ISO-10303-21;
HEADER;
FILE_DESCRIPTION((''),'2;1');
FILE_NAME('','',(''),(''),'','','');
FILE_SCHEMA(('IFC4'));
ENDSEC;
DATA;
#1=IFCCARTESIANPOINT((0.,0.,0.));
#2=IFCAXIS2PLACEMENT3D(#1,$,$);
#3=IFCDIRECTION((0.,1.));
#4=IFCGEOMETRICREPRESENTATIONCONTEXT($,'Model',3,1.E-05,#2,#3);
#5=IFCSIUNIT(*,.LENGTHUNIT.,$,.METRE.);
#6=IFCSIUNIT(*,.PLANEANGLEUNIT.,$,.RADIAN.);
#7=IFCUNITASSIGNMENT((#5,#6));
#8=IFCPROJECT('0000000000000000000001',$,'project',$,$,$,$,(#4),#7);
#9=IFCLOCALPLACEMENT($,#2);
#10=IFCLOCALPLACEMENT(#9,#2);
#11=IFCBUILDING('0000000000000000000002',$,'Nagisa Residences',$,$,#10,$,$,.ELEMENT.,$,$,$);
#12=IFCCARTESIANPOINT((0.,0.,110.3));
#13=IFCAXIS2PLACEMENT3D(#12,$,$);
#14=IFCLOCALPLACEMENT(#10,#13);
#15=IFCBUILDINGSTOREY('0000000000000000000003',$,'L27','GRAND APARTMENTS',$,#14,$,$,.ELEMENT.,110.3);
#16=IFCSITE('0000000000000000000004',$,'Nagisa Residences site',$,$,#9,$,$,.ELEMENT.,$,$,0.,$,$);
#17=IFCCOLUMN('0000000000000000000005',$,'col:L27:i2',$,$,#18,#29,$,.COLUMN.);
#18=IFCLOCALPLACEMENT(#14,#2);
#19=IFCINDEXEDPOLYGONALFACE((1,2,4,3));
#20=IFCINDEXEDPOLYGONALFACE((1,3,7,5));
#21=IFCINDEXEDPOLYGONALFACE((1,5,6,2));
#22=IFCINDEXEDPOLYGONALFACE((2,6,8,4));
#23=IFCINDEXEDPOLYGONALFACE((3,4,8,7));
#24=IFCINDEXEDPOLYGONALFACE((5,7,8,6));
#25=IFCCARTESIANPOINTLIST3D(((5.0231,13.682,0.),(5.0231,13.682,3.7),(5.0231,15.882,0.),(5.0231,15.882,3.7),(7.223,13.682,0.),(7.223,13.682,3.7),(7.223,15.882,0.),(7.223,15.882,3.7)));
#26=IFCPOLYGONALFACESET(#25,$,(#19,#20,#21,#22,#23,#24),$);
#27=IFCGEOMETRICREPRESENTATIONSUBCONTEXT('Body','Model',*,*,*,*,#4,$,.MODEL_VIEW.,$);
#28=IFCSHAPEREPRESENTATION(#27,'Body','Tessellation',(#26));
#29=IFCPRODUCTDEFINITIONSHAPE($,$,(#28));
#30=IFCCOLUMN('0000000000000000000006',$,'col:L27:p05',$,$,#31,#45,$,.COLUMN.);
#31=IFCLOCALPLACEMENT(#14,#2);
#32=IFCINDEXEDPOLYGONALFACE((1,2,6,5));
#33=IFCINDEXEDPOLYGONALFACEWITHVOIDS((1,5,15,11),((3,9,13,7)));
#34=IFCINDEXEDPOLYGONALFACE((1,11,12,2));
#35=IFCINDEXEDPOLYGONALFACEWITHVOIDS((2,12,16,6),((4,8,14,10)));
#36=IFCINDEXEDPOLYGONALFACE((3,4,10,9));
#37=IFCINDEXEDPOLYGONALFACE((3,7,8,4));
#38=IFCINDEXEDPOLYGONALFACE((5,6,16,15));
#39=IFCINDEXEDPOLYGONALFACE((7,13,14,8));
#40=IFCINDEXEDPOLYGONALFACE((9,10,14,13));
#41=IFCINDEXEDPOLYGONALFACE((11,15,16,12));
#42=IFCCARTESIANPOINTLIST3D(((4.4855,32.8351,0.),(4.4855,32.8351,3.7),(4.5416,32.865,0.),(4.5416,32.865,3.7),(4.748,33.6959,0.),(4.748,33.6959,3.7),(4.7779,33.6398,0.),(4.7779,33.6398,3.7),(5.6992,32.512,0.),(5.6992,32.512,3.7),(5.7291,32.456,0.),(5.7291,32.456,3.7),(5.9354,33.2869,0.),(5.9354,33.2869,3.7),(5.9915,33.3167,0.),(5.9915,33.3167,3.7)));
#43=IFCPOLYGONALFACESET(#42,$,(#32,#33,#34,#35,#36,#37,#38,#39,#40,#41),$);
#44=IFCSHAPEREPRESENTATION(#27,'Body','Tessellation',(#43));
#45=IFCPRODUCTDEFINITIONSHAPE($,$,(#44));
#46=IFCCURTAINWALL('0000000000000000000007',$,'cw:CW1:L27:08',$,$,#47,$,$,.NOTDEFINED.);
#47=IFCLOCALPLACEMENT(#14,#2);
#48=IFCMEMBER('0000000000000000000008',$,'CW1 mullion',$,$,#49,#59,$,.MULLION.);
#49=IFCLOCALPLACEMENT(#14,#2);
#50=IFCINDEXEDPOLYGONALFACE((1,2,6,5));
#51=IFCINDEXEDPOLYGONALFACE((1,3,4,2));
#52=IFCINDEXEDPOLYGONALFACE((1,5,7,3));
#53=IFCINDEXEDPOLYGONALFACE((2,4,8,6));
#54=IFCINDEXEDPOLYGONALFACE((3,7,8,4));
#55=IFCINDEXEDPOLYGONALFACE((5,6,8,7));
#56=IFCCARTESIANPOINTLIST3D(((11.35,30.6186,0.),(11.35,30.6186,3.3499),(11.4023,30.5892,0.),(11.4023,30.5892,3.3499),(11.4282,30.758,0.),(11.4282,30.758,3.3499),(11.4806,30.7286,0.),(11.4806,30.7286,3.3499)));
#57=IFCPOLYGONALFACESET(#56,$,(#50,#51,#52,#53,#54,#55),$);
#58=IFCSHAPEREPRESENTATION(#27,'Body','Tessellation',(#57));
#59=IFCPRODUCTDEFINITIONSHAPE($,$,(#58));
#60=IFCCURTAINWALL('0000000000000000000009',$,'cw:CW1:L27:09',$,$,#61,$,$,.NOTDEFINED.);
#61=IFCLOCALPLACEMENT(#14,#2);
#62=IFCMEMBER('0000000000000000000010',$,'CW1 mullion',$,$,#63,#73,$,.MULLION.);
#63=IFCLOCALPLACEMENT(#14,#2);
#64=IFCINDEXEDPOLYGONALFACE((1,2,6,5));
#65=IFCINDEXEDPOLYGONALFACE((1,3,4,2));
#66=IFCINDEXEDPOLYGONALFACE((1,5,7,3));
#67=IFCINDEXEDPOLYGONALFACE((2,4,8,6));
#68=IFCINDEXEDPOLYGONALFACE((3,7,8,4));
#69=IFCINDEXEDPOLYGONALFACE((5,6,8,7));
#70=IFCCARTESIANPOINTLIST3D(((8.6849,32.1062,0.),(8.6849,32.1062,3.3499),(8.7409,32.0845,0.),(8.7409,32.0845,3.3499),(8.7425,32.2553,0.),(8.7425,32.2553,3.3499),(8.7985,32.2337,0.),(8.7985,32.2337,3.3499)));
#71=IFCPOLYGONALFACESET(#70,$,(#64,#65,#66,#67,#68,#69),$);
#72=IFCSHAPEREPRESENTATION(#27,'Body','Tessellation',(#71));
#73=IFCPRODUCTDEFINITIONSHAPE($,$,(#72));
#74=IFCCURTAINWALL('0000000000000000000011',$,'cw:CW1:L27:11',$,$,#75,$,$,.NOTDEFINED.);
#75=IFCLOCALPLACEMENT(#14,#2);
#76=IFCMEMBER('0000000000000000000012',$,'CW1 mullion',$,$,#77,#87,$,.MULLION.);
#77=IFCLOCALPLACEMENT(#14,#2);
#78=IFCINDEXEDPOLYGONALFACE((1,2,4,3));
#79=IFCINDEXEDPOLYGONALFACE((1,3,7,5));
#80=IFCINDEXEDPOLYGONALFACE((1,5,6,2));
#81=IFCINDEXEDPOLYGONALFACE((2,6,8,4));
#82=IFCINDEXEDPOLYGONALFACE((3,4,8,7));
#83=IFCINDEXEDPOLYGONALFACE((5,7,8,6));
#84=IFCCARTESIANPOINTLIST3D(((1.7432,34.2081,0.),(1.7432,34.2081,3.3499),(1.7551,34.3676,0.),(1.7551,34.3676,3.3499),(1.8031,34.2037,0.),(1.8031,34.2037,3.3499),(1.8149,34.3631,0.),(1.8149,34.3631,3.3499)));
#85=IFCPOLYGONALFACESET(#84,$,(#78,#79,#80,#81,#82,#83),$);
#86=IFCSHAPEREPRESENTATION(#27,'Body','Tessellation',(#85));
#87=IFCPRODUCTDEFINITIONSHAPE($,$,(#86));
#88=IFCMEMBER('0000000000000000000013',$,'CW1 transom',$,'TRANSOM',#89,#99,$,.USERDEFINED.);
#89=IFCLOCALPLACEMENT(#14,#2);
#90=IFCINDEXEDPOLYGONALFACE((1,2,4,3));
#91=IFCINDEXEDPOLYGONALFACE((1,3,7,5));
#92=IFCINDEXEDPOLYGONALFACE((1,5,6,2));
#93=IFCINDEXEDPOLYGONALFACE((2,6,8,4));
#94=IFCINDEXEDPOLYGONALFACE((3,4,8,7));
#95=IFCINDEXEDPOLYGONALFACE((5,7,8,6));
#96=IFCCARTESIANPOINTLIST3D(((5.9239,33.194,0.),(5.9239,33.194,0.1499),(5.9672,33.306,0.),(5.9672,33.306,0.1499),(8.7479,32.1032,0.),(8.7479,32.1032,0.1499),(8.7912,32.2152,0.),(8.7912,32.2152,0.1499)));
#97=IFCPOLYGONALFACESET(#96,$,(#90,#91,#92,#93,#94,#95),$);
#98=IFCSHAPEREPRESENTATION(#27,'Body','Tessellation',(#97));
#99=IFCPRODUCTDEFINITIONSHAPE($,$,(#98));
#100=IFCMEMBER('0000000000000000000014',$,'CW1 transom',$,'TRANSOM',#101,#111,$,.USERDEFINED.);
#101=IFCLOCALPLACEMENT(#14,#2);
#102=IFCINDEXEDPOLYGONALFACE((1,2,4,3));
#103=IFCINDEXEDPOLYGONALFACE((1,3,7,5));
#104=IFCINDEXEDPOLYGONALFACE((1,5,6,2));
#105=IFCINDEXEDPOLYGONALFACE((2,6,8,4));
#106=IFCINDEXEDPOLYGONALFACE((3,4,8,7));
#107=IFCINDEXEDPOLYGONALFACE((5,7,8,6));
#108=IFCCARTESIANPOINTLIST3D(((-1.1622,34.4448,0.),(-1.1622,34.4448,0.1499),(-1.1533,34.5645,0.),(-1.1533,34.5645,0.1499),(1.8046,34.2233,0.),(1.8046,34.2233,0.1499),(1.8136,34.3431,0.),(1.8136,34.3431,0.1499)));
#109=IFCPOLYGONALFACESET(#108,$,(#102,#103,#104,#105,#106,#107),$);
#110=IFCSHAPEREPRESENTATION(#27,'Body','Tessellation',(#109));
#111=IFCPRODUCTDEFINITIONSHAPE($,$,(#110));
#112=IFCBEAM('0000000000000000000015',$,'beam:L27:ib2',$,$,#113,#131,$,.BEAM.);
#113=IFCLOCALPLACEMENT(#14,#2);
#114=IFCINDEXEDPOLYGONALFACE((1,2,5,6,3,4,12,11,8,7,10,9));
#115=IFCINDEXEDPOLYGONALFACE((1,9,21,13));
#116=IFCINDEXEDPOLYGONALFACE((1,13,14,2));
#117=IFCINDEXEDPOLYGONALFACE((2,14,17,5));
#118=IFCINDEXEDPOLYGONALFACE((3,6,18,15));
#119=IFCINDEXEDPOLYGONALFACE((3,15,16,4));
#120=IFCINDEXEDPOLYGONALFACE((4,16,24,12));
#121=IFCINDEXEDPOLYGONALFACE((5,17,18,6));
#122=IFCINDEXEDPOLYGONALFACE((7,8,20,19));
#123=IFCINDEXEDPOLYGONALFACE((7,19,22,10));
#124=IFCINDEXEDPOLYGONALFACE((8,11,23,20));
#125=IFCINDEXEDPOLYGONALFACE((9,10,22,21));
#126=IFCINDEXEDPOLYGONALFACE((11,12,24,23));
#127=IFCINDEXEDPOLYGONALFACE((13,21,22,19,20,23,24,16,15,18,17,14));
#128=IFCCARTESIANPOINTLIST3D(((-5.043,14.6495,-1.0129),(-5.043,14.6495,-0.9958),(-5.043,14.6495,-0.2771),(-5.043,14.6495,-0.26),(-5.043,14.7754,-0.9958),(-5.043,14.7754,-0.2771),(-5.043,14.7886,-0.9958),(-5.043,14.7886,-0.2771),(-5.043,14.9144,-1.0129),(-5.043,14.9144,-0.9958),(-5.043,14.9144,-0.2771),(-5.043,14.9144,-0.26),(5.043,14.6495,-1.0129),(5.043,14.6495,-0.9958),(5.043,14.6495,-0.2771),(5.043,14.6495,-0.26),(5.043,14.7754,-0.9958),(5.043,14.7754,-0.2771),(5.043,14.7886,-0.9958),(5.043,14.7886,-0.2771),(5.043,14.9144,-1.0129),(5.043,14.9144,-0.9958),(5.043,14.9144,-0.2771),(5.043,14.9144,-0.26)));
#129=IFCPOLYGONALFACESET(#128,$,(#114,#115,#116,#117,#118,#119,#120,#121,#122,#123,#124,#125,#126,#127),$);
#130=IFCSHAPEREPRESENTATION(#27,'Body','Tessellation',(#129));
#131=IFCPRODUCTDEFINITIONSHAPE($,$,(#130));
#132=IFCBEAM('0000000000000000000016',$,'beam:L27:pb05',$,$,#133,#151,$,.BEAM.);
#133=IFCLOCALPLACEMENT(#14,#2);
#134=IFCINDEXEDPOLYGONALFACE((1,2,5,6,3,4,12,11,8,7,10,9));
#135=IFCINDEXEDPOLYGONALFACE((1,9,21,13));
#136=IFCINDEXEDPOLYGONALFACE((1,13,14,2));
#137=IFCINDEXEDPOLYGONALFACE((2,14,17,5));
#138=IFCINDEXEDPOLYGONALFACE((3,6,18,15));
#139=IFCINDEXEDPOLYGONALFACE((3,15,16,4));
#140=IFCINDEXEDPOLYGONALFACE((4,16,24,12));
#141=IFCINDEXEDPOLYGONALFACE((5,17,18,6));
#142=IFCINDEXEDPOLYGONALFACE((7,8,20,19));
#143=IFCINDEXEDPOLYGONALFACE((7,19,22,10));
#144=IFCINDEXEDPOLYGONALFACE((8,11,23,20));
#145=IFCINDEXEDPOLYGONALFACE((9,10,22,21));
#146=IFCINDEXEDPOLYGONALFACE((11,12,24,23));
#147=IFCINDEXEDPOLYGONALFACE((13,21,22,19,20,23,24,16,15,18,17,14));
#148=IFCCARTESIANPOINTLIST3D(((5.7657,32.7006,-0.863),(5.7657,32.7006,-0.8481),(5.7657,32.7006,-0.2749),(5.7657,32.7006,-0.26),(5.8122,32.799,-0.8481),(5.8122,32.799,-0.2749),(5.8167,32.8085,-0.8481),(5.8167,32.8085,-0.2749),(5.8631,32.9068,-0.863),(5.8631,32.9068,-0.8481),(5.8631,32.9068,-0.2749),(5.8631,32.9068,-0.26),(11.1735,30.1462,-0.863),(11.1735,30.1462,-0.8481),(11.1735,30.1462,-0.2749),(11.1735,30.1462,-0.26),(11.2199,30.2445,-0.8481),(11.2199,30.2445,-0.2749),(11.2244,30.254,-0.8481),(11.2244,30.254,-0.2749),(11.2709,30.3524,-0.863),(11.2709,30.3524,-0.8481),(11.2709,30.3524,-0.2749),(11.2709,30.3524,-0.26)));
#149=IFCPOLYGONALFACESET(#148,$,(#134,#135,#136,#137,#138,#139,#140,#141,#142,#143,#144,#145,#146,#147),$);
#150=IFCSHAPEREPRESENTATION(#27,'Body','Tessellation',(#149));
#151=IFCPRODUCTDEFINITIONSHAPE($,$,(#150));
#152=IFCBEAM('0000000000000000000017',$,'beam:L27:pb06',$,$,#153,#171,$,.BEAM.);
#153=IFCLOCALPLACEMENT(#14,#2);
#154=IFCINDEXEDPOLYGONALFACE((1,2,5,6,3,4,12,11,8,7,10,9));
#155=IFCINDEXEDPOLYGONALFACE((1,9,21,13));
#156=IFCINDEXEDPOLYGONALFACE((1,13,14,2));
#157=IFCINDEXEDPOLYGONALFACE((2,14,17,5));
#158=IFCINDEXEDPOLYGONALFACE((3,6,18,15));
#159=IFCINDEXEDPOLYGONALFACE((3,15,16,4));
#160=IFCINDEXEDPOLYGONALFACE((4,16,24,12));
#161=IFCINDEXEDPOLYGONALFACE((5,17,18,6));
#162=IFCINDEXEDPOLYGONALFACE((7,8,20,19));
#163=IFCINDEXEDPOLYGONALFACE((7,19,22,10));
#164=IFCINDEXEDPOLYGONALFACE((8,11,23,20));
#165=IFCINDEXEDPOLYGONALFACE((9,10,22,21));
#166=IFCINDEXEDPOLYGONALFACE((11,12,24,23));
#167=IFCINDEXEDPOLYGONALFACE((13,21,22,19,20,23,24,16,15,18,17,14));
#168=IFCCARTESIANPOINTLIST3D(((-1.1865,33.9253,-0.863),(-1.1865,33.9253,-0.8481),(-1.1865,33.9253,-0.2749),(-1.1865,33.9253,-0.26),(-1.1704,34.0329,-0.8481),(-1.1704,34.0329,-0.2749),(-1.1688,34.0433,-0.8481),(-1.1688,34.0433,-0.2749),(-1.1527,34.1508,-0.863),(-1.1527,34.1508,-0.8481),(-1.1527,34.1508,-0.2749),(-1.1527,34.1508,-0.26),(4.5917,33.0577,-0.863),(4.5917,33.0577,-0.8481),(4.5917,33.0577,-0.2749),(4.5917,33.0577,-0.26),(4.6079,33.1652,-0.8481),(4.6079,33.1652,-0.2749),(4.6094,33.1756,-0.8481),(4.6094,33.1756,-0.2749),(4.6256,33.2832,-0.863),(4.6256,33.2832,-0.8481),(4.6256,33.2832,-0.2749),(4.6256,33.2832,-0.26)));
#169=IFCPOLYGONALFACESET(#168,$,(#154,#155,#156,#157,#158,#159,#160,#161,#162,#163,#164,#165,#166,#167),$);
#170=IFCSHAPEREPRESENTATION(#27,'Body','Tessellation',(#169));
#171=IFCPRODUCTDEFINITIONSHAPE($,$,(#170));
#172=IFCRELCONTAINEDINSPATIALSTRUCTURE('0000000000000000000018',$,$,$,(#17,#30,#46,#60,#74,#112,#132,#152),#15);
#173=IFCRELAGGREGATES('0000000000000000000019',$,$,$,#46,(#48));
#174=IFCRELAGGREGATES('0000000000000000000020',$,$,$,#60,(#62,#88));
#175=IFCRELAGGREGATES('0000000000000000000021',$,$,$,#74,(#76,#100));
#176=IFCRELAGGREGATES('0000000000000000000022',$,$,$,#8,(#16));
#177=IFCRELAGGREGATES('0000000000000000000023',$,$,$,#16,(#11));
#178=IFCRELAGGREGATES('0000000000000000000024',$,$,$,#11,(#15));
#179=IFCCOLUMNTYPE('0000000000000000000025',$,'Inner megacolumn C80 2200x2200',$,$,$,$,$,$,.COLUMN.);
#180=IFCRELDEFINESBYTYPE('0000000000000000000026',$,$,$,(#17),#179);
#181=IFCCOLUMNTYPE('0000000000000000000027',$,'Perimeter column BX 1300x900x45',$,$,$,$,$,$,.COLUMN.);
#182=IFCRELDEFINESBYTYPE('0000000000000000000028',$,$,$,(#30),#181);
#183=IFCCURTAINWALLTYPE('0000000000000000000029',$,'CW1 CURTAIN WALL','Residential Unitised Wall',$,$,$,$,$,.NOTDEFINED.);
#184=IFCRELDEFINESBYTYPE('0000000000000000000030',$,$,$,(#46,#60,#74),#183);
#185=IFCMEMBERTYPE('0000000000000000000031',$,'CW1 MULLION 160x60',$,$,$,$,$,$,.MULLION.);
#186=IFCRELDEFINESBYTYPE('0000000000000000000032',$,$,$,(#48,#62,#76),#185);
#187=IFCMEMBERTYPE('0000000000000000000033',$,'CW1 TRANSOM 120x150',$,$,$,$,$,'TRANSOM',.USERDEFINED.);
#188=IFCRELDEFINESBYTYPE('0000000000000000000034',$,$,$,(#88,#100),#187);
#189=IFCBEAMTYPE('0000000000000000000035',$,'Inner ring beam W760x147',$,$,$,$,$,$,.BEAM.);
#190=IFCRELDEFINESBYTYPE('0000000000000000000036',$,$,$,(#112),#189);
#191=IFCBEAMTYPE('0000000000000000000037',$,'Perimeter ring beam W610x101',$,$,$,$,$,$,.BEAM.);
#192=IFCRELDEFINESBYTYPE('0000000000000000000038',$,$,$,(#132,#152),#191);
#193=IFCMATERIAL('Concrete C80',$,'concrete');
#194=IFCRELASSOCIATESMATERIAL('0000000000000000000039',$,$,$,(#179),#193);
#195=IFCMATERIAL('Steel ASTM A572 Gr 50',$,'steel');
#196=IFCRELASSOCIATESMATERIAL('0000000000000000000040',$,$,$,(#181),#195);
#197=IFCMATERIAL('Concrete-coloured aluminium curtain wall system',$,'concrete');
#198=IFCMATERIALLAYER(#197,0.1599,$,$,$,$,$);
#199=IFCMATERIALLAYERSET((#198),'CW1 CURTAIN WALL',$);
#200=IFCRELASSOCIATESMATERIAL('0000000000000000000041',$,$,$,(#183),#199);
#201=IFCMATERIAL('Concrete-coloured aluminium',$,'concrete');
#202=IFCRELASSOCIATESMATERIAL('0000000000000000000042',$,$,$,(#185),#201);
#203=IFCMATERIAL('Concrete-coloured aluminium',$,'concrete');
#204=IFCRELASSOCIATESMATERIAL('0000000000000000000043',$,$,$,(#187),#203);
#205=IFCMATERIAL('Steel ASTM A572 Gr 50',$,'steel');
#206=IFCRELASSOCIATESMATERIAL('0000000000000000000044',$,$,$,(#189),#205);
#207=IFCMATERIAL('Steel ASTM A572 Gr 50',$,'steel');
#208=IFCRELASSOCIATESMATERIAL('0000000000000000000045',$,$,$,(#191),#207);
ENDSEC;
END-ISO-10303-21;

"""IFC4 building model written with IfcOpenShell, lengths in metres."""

from ifc_helpers import new_model, si_unit, direction, frame, origin, origin_2d, place, context, subcontext, project, spatial, rectangle, hollow_rectangle, i_section, extrude, material, layer, layer_set, material_profile, profile_set, type_object, element, aggregate, save


model = new_model("IFC4")

# Units and contexts
model_context = context("Model", 3, precision=1e-05, world=origin(), true_north=direction((0.0, 1.0)))
body_context = subcontext(model_context, "Body", "Model", "MODEL_VIEW")
ifc_project = project(units=[si_unit("LENGTHUNIT", "METRE"), si_unit("PLANEANGLEUNIT", "RADIAN")], contexts=[model_context])

# Site, building, storey
site_placement = place(None, origin())
site = spatial("IfcSite", under=ifc_project, at=site_placement, Name="Nagisa Residences site", CompositionType="ELEMENT", RefElevation=0.0)
building_placement = place(site_placement, origin())
building = spatial("IfcBuilding", under=site, at=building_placement, Name="Nagisa Residences", CompositionType="ELEMENT")
storey_placement = place(building_placement, frame((0.0, 0.0, 110.3)))
storey = spatial("IfcBuildingStorey", under=building, at=storey_placement, Name="L27", Description="GRAND APARTMENTS", CompositionType="ELEMENT", Elevation=110.3)

# Columns
ifc_material_1 = material(Name="Concrete C80", Category="concrete")
ifc_material_profile_1 = material_profile(ifc_material_1, rectangle(XDim=2.2, YDim=2.2, at=origin_2d()), Name="C80 2200x2200")
ifc_profile_set_1 = profile_set([ifc_material_profile_1], Name="Concrete C80")
column_type_1 = type_object("IfcColumnType", Name="Inner megacolumn C80 2200x2200", PredefinedType="COLUMN", material=ifc_profile_set_1)
column_1_placement = place(storey_placement, frame((6.123, 14.782, 0.0), z_axis=(0.0, 0.0, 1.0), x_axis=(1.0, 0.0, 0.0)))
element("IfcColumn", 1, at=column_1_placement, inside=storey, type_object=column_type_1, Name="col:L27:i2", PredefinedType="COLUMN", context=body_context, shape_type="SweptSolid", body=[
    extrude(rectangle(XDim=2.2, YDim=2.2, at=origin_2d()), origin(), (0.0, 0.0, 1.0), 3.7),
])
ifc_material_2 = material(Name="Steel ASTM A572 Gr 50", Category="steel")
ifc_material_profile_2 = material_profile(ifc_material_2, hollow_rectangle(XDim=1.3, YDim=0.8999, WallThickness=0.0449, at=origin_2d()), Name="BX 1300x900x45")
ifc_profile_set_2 = profile_set([ifc_material_profile_2], Name="Steel ASTM A572 Gr 50")
column_type_2 = type_object("IfcColumnType", Name="Perimeter column BX 1300x900x45", PredefinedType="COLUMN", material=ifc_profile_set_2)
column_2_placement = place(storey_placement, frame((5.2385, 33.0759, 0.0), z_axis=(0.0, 0.0, 1.0), x_axis=(-0.956525, 0.291652, 0.0)))
element("IfcColumn", 2, at=column_2_placement, inside=storey, type_object=column_type_2, Name="col:L27:p05", PredefinedType="COLUMN", context=body_context, shape_type="SweptSolid", body=[
    extrude(hollow_rectangle(XDim=1.3, YDim=0.8999, WallThickness=0.0449, at=origin_2d()), origin(), (0.0, 0.0, 1.0), 3.7),
])

# Curtain walls, members
ifc_material_3 = material(Name="Concrete-coloured aluminium curtain wall system", Category="concrete")
ifc_layer_1 = layer(ifc_material_3, 0.1599)
ifc_layer_set_1 = layer_set([ifc_layer_1], Name="CW1 CURTAIN WALL")
curtain_wall_type = type_object("IfcCurtainWallType", Name="CW1 CURTAIN WALL", Description="Residential Unitised Wall", PredefinedType="NOTDEFINED", material=ifc_layer_set_1)
curtain_wall_1_placement = place(storey_placement, origin())
curtain_wall_1 = element("IfcCurtainWall", 3, at=curtain_wall_1_placement, inside=storey, type_object=curtain_wall_type, Name="cw:CW1:L27:08", PredefinedType="NOTDEFINED")
ifc_material_4 = material(Name="Concrete-coloured aluminium", Category="concrete")
ifc_material_profile_3 = material_profile(ifc_material_4, rectangle(XDim=0.1599, YDim=0.0601, at=origin_2d()), Name="CW1 MULLION 160x60")
ifc_profile_set_3 = profile_set([ifc_material_profile_3], Name="Concrete-coloured aluminium")
member_type_1 = type_object("IfcMemberType", Name="CW1 MULLION 160x60", PredefinedType="MULLION", material=ifc_profile_set_3)
member_1_placement = place(storey_placement, frame((11.4153, 30.6736, 0.0), z_axis=(0.0, 0.0, 1.0), x_axis=(-0.489377, -0.872072, 0.0)))
member_1 = element("IfcMember", 4, at=member_1_placement, type_object=member_type_1, Name="CW1 mullion", PredefinedType="MULLION", context=body_context, shape_type="SweptSolid", body=[
    extrude(rectangle(XDim=0.1599, YDim=0.0601, at=origin_2d()), origin(), (0.0, 0.0, 1.0), 3.3499),
])
curtain_wall_2_placement = place(storey_placement, origin())
curtain_wall_2 = element("IfcCurtainWall", 5, at=curtain_wall_2_placement, inside=storey, type_object=curtain_wall_type, Name="cw:CW1:L27:09", PredefinedType="NOTDEFINED")
member_2_placement = place(storey_placement, frame((8.7417, 32.1699, 0.0), z_axis=(0.0, 0.0, 1.0), x_axis=(-0.360328, -0.932826, 0.0)))
member_2 = element("IfcMember", 6, at=member_2_placement, type_object=member_type_1, Name="CW1 mullion", PredefinedType="MULLION", context=body_context, shape_type="SweptSolid", body=[
    extrude(rectangle(XDim=0.1599, YDim=0.0601, at=origin_2d()), origin(), (0.0, 0.0, 1.0), 3.3499),
])
curtain_wall_3_placement = place(storey_placement, origin())
curtain_wall_3 = element("IfcCurtainWall", 7, at=curtain_wall_3_placement, inside=storey, type_object=curtain_wall_type, Name="cw:CW1:L27:11", PredefinedType="NOTDEFINED")
member_3_placement = place(storey_placement, frame((1.7791, 34.2856, 0.0), z_axis=(0.0, 0.0, 1.0), x_axis=(-0.074377, -0.99723, 0.0)))
member_3 = element("IfcMember", 8, at=member_3_placement, type_object=member_type_1, Name="CW1 mullion", PredefinedType="MULLION", context=body_context, shape_type="SweptSolid", body=[
    extrude(rectangle(XDim=0.1599, YDim=0.0601, at=origin_2d()), origin(), (0.0, 0.0, 1.0), 3.3499),
])

# Members
ifc_material_5 = material(Name="Concrete-coloured aluminium", Category="concrete")
ifc_material_profile_4 = material_profile(ifc_material_5, rectangle(XDim=0.1201, YDim=0.1499, at=origin_2d()), Name="CW1 TRANSOM 120x150")
ifc_profile_set_4 = profile_set([ifc_material_profile_4], Name="Concrete-coloured aluminium")
member_type_2 = type_object("IfcMemberType", Name="CW1 TRANSOM 120x150", ElementType="TRANSOM", PredefinedType="USERDEFINED", material=ifc_profile_set_4)
member_4_placement = place(storey_placement, frame((8.7695, 32.1592, 0.075), z_axis=(-0.932827, 0.360324, 0.0), x_axis=(-0.360324, -0.932827, 0.0)))
member_4 = element("IfcMember", 9, at=member_4_placement, type_object=member_type_2, Name="CW1 transom", ObjectType="TRANSOM", PredefinedType="USERDEFINED", context=body_context, shape_type="SweptSolid", body=[
    extrude(rectangle(XDim=0.1201, YDim=0.1499, at=origin_2d()), origin(), (0.0, 0.0, 1.0), 3.0273),
])
member_5_placement = place(storey_placement, frame((1.8091, 34.2832, 0.075), z_axis=(-0.997226, 0.074431, 0.0), x_axis=(-0.074431, -0.997226, 0.0)))
member_5 = element("IfcMember", 10, at=member_5_placement, type_object=member_type_2, Name="CW1 transom", ObjectType="TRANSOM", PredefinedType="USERDEFINED", context=body_context, shape_type="SweptSolid", body=[
    extrude(rectangle(XDim=0.1201, YDim=0.1499, at=origin_2d()), origin(), (0.0, 0.0, 1.0), 2.9751),
])

# Beams
ifc_material_6 = material(Name="Steel ASTM A572 Gr 50", Category="steel")
ifc_material_profile_5 = material_profile(ifc_material_6, i_section(OverallWidth=0.2649, OverallDepth=0.7529, WebThickness=0.0132, FlangeThickness=0.0171, at=origin_2d()), Name="W760x147")
ifc_profile_set_5 = profile_set([ifc_material_profile_5], Name="Steel ASTM A572 Gr 50")
beam_type_1 = type_object("IfcBeamType", Name="Inner ring beam W760x147", PredefinedType="BEAM", material=ifc_profile_set_5)
beam_1_placement = place(storey_placement, frame((5.043, 14.782, -0.6365), z_axis=(-1.0, 0.0, 0.0), x_axis=(0.0, -1.0, 0.0)))
element("IfcBeam", 11, at=beam_1_placement, inside=storey, type_object=beam_type_1, Name="beam:L27:ib2", PredefinedType="BEAM", context=body_context, shape_type="SweptSolid", body=[
    extrude(i_section(OverallWidth=0.2649, OverallDepth=0.7529, WebThickness=0.0132, FlangeThickness=0.0171, at=origin_2d()), origin(), (0.0, 0.0, 1.0), 10.0859),
])
ifc_material_7 = material(Name="Steel ASTM A572 Gr 50", Category="steel")
ifc_material_profile_6 = material_profile(ifc_material_7, i_section(OverallWidth=0.228, OverallDepth=0.603, WebThickness=0.0105, FlangeThickness=0.0149, at=origin_2d()), Name="W610x101")
ifc_profile_set_6 = profile_set([ifc_material_profile_6], Name="Steel ASTM A572 Gr 50")
beam_type_2 = type_object("IfcBeamType", Name="Perimeter ring beam W610x101", PredefinedType="BEAM", material=ifc_profile_set_6)
beam_2_placement = place(storey_placement, frame((11.2222, 30.2493, -0.5615), z_axis=(-0.904197, 0.427116, 0.0), x_axis=(-0.427116, -0.904197, 0.0)))
element("IfcBeam", 12, at=beam_2_placement, inside=storey, type_object=beam_type_2, Name="beam:L27:pb05", PredefinedType="BEAM", context=body_context, shape_type="SweptSolid", body=[
    extrude(i_section(OverallWidth=0.228, OverallDepth=0.603, WebThickness=0.0105, FlangeThickness=0.0149, at=origin_2d()), origin(), (0.0, 0.0, 1.0), 5.9807),
])
beam_3_placement = place(storey_placement, frame((4.6086, 33.1704, -0.5615), z_axis=(-0.988913, 0.148496, 0.0), x_axis=(-0.148496, -0.988913, 0.0)))
element("IfcBeam", 13, at=beam_3_placement, inside=storey, type_object=beam_type_2, Name="beam:L27:pb06", PredefinedType="BEAM", context=body_context, shape_type="SweptSolid", body=[
    extrude(i_section(OverallWidth=0.228, OverallDepth=0.603, WebThickness=0.0105, FlangeThickness=0.0149, at=origin_2d()), origin(), (0.0, 0.0, 1.0), 5.843),
])

aggregate(curtain_wall_1, [member_1])
aggregate(curtain_wall_2, [member_2, member_4])
aggregate(curtain_wall_3, [member_3, member_5])

save(model, "model.ifc")
